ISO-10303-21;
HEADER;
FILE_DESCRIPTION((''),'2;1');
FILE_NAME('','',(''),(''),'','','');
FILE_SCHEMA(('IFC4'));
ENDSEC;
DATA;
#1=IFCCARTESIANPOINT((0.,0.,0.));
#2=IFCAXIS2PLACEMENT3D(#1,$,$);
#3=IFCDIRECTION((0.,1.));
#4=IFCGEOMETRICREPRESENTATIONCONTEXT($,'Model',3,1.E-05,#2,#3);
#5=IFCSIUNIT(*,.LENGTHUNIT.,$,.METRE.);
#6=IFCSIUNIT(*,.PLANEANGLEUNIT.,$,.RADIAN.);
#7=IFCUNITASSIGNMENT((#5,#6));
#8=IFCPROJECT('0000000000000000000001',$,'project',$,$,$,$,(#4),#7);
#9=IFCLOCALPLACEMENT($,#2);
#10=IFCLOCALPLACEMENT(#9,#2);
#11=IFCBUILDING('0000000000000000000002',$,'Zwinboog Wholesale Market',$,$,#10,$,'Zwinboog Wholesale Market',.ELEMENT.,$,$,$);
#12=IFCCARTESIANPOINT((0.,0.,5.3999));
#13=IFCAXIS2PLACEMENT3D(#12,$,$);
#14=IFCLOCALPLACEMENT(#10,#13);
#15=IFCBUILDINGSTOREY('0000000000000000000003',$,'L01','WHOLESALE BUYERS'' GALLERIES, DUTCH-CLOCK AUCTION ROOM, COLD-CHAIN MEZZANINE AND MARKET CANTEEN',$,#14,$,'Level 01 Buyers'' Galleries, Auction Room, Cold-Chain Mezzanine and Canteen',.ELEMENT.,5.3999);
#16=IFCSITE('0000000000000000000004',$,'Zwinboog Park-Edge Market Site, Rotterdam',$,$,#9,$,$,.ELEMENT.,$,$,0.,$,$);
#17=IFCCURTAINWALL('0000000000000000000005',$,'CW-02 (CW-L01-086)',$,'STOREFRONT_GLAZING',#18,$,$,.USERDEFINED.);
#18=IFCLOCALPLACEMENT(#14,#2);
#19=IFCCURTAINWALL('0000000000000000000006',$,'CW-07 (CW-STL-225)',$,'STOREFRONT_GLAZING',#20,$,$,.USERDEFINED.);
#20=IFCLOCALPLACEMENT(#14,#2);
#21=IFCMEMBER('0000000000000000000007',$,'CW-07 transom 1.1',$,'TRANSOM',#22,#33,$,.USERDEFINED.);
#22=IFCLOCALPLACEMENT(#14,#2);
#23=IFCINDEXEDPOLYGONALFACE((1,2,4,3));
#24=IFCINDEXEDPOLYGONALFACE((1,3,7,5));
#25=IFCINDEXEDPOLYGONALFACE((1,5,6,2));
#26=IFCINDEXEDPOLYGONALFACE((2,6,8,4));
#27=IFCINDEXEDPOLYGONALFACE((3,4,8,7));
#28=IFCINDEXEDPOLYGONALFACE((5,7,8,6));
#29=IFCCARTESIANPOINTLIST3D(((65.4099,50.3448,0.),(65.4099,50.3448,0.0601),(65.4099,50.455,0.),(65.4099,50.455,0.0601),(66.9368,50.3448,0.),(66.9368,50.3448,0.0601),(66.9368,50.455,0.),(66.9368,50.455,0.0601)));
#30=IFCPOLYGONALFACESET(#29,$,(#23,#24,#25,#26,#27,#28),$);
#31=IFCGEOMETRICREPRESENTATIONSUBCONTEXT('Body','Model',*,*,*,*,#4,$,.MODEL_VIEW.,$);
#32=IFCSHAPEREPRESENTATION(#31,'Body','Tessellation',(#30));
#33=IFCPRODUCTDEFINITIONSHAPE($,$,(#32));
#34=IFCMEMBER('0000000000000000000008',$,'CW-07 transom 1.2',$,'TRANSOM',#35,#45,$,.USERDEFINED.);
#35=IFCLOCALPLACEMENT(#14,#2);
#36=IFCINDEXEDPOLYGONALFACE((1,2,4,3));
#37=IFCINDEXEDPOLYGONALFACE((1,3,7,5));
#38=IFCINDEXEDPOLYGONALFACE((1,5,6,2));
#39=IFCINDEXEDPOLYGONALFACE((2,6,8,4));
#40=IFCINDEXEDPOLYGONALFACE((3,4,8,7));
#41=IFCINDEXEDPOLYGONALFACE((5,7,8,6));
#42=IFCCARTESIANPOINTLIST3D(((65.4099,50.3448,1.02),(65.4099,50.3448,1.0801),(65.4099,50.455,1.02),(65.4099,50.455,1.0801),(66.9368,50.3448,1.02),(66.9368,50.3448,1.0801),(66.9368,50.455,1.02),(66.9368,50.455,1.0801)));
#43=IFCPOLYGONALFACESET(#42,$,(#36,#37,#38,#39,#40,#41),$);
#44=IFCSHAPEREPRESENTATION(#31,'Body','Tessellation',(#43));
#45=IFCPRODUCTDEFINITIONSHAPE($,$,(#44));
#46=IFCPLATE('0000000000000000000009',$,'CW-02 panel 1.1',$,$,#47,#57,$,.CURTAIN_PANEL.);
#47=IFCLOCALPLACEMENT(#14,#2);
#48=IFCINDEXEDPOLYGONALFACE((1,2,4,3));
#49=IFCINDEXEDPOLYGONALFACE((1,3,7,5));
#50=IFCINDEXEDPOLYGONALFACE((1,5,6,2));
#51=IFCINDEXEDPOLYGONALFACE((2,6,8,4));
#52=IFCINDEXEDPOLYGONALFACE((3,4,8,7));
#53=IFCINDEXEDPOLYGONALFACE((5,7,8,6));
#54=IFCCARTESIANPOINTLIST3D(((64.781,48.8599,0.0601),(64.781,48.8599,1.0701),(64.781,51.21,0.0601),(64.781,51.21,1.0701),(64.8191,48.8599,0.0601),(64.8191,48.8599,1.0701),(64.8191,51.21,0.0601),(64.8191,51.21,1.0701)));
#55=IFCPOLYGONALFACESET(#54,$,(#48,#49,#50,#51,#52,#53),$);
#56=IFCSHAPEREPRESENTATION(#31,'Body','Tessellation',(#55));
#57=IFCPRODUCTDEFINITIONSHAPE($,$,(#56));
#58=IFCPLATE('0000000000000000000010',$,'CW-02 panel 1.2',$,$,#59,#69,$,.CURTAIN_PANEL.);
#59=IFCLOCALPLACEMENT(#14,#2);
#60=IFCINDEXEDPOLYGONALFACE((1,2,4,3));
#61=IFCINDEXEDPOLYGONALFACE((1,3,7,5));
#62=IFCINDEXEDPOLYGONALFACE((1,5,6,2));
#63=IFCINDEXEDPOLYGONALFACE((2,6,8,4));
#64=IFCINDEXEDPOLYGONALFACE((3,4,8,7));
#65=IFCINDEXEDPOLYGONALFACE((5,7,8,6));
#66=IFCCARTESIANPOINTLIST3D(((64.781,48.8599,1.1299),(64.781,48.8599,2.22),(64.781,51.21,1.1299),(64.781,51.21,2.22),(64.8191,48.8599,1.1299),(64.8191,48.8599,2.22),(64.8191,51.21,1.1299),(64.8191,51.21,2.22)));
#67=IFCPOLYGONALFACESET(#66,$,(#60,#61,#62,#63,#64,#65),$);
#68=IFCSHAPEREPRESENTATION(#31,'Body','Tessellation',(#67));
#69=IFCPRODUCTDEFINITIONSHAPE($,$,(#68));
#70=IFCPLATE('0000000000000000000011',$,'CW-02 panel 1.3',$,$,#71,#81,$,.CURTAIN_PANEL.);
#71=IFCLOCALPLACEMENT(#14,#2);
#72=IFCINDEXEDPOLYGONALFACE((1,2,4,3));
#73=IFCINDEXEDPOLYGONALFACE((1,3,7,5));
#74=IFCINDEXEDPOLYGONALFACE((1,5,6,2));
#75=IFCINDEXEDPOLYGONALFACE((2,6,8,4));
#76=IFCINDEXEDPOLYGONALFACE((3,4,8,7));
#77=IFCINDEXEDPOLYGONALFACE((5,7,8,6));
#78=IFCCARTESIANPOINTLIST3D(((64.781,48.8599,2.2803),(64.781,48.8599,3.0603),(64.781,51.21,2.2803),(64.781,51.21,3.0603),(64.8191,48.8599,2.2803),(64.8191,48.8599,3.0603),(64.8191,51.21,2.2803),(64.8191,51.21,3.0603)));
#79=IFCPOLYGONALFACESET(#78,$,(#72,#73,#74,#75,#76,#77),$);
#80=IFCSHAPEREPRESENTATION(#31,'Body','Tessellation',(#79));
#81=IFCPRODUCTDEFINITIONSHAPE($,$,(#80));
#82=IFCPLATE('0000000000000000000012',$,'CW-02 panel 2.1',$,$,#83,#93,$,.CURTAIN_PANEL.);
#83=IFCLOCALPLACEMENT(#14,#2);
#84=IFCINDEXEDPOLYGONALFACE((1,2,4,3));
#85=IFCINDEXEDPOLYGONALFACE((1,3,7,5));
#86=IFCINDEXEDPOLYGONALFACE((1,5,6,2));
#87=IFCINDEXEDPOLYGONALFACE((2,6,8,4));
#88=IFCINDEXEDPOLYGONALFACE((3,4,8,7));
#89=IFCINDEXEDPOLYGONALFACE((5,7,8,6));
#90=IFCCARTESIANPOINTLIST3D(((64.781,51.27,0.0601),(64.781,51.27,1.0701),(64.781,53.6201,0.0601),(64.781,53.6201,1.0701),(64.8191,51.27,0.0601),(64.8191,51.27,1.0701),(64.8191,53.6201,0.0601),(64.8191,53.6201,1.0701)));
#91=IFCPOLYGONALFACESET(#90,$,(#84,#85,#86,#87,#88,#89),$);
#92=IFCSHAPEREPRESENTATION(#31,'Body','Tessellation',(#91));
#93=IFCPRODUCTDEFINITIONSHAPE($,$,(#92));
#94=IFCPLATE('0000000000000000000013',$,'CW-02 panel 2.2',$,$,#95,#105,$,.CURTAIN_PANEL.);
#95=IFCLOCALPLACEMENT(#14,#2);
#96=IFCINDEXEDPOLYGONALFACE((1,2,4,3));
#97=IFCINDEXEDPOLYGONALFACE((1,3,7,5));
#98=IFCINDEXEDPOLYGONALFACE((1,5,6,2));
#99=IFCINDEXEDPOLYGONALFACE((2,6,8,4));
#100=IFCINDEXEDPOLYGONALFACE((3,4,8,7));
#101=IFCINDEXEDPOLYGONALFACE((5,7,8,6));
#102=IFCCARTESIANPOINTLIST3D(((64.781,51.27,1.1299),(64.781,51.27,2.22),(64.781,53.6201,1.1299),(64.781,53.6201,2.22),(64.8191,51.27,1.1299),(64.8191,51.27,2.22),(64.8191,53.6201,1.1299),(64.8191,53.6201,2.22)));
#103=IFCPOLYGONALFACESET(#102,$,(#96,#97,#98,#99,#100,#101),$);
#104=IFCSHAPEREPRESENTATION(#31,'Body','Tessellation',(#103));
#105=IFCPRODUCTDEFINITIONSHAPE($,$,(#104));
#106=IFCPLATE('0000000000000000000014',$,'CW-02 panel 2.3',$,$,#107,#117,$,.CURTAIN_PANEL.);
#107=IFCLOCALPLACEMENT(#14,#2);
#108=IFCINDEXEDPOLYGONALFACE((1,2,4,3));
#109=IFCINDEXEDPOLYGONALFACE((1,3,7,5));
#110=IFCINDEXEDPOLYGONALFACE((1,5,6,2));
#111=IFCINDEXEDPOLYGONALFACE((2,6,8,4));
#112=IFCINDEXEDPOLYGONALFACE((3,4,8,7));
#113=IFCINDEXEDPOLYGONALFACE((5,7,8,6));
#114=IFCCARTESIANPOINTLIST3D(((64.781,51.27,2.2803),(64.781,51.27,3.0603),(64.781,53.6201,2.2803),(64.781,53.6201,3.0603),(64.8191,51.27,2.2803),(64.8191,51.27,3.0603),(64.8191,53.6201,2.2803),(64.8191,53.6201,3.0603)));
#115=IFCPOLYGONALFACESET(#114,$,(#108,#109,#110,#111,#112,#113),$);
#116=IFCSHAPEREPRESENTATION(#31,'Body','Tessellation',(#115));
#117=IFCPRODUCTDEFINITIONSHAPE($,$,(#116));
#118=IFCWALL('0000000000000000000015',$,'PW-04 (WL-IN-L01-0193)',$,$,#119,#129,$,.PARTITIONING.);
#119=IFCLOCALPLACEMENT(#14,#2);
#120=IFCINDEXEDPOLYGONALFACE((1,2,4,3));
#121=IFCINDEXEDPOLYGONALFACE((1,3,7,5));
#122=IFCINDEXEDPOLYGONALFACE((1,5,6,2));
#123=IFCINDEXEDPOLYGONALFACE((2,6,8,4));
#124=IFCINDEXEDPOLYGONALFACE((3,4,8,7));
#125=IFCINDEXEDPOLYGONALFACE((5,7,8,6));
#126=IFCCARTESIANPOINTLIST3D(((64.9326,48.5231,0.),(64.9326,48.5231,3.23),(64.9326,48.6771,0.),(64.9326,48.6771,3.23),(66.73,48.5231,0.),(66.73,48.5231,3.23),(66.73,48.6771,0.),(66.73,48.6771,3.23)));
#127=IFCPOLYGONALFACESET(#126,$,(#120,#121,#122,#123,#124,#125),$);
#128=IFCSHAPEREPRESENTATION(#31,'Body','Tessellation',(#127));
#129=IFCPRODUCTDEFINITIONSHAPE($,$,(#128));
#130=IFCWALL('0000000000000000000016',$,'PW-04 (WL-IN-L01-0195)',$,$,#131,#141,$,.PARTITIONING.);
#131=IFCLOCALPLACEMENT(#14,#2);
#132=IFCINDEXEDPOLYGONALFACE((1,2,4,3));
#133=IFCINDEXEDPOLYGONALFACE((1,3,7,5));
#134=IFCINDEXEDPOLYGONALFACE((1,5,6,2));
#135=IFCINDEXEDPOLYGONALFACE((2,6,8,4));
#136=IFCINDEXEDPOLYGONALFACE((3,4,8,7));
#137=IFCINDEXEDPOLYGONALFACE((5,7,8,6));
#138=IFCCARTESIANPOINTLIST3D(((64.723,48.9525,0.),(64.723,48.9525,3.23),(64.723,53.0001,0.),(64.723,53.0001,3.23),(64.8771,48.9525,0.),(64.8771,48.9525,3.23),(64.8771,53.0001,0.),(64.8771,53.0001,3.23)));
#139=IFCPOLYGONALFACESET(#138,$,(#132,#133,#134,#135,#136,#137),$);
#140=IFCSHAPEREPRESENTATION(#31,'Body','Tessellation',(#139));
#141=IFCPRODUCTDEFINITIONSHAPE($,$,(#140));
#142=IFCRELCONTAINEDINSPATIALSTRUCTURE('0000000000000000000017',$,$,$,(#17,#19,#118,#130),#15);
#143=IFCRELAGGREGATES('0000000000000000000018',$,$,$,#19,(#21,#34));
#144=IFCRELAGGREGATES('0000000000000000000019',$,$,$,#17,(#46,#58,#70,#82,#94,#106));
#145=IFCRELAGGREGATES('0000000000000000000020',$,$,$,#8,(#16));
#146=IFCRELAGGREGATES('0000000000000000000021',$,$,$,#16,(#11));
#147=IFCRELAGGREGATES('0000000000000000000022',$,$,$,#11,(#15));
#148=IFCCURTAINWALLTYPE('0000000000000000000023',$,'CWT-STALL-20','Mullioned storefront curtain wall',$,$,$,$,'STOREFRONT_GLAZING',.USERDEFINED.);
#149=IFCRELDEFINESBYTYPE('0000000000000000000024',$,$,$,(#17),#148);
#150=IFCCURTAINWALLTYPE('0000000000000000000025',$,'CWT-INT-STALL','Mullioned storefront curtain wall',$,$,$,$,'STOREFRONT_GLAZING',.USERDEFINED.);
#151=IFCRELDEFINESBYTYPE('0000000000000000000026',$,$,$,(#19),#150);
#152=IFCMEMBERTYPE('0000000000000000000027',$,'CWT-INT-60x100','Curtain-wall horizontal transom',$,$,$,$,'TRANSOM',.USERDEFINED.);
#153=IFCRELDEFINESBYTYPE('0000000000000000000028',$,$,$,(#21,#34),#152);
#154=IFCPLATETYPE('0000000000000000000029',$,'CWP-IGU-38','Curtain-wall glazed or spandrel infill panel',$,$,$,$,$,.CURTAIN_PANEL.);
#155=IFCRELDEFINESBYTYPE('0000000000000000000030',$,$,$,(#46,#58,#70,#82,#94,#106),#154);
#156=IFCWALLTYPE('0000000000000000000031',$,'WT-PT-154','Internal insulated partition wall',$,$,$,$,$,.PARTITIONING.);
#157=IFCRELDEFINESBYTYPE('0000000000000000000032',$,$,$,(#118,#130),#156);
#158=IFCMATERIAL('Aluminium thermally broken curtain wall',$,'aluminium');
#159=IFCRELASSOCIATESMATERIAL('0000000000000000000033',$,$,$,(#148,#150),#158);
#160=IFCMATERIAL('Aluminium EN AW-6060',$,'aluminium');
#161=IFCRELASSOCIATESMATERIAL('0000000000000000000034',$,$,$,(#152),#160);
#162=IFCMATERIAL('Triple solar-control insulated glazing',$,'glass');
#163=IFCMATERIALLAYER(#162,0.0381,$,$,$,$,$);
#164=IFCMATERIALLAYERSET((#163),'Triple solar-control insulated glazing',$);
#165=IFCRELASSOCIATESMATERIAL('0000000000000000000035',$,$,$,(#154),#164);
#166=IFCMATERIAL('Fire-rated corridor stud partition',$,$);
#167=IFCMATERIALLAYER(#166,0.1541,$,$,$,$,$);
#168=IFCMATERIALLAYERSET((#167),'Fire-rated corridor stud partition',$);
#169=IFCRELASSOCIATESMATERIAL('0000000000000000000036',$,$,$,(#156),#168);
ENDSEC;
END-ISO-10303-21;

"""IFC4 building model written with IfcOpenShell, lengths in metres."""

from ifc_helpers import new_model, si_unit, direction, frame, frame_2d, origin, origin_2d, place, context, subcontext, project, spatial, rectangle, extrude, material, layer, layer_set, material_profile, profile_set, type_object, element, aggregate, save


model = new_model("IFC4")

# Units and contexts
model_context = context("Model", 3, precision=1e-05, world=origin(), true_north=direction((0.0, 1.0)))
body_context = subcontext(model_context, "Body", "Model", "MODEL_VIEW")
ifc_project = project(units=[si_unit("LENGTHUNIT", "METRE"), si_unit("PLANEANGLEUNIT", "RADIAN")], contexts=[model_context])

# Site, building, storey
site_placement = place(None, origin())
site = spatial("IfcSite", under=ifc_project, at=site_placement, Name="Zwinboog Park-Edge Market Site, Rotterdam", CompositionType="ELEMENT", RefElevation=0.0)
building_placement = place(site_placement, origin())
building = spatial("IfcBuilding", under=site, at=building_placement, Name="Zwinboog Wholesale Market", LongName="Zwinboog Wholesale Market", CompositionType="ELEMENT")
storey_placement = place(building_placement, frame((0.0, 0.0, 5.3999)))
storey = spatial("IfcBuildingStorey", under=building, at=storey_placement, Name="L01", Description="WHOLESALE BUYERS' GALLERIES, DUTCH-CLOCK AUCTION ROOM, COLD-CHAIN MEZZANINE AND MARKET CANTEEN", LongName="Level 01 Buyers' Galleries, Auction Room, Cold-Chain Mezzanine and Canteen", CompositionType="ELEMENT", Elevation=5.3999)

# Curtain walls, members
ifc_material_1 = material(Name="Aluminium thermally broken curtain wall", Category="aluminium")
curtain_wall_type_1 = type_object("IfcCurtainWallType", Name="CWT-STALL-20", Description="Mullioned storefront curtain wall", ElementType="STOREFRONT_GLAZING", PredefinedType="USERDEFINED", material=ifc_material_1)
curtain_wall_1_placement = place(storey_placement, origin())
curtain_wall_1 = element("IfcCurtainWall", 1, at=curtain_wall_1_placement, inside=storey, type_object=curtain_wall_type_1, Name="CW-02 (CW-L01-086)", ObjectType="STOREFRONT_GLAZING", PredefinedType="USERDEFINED")
ifc_material_2 = material(Name="Aluminium EN AW-6060", Category="aluminium")
curtain_wall_type_2 = type_object("IfcCurtainWallType", Name="CWT-INT-STALL", Description="Mullioned storefront curtain wall", ElementType="STOREFRONT_GLAZING", PredefinedType="USERDEFINED", material=ifc_material_1)
curtain_wall_2_placement = place(storey_placement, origin())
curtain_wall_2 = element("IfcCurtainWall", 2, at=curtain_wall_2_placement, inside=storey, type_object=curtain_wall_type_2, Name="CW-07 (CW-STL-225)", ObjectType="STOREFRONT_GLAZING", PredefinedType="USERDEFINED")
ifc_material_profile_1 = material_profile(ifc_material_2, rectangle(XDim=0.1101, YDim=0.0601, at=origin_2d()), Name="AL 60x110")
ifc_profile_set_1 = profile_set([ifc_material_profile_1], Name="Aluminium EN AW-6060")
member_type_1 = type_object("IfcMemberType", Name="CWT-INT-60x100", Description="Curtain-wall horizontal transom", ElementType="TRANSOM", PredefinedType="USERDEFINED", material=ifc_profile_set_1)
member_1_placement = place(storey_placement, frame((65.4099, 50.3999, 0.03), z_axis=(1.0, 0.0, 0.0), x_axis=(0.0, 1.0, 0.0)))
member_1 = element("IfcMember", 3, at=member_1_placement, type_object=member_type_1, Name="CW-07 transom 1.1", ObjectType="TRANSOM", PredefinedType="USERDEFINED", context=body_context, shape_type="SweptSolid", body=[
    extrude(rectangle(XDim=0.1101, YDim=0.0601, at=origin_2d()), origin(), (0.0, 0.0, 1.0), 1.5269),
])
member_2_placement = place(storey_placement, frame((65.4099, 50.3999, 1.05), z_axis=(1.0, 0.0, 0.0), x_axis=(0.0, 1.0, 0.0)))
member_2 = element("IfcMember", 4, at=member_2_placement, type_object=member_type_1, Name="CW-07 transom 1.2", ObjectType="TRANSOM", PredefinedType="USERDEFINED", context=body_context, shape_type="SweptSolid", body=[
    extrude(rectangle(XDim=0.1101, YDim=0.0601, at=origin_2d()), origin(), (0.0, 0.0, 1.0), 1.5269),
])
aggregate(curtain_wall_2, [member_1, member_2])

# Plates
ifc_material_3 = material(Name="Triple solar-control insulated glazing", Category="glass")
ifc_layer_1 = layer(ifc_material_3, 0.0381)
ifc_layer_set_1 = layer_set([ifc_layer_1], Name="Triple solar-control insulated glazing")
plate_type = type_object("IfcPlateType", Name="CWP-IGU-38", Description="Curtain-wall glazed or spandrel infill panel", PredefinedType="CURTAIN_PANEL", material=ifc_layer_set_1)
plate_1_placement = place(storey_placement, frame((64.8, 50.0349, 0.0601), z_axis=(0.0, 0.0, 1.0), x_axis=(0.0, 1.0, 0.0)))
plate_1 = element("IfcPlate", 5, at=plate_1_placement, type_object=plate_type, Name="CW-02 panel 1.1", PredefinedType="CURTAIN_PANEL", context=body_context, shape_type="SweptSolid", body=[
    extrude(rectangle(XDim=2.3501, YDim=0.0381, at=origin_2d()), origin(), (0.0, 0.0, 1.0), 1.01),
])
plate_2_placement = place(storey_placement, frame((64.8, 50.0349, 1.1299), z_axis=(0.0, 0.0, 1.0), x_axis=(0.0, 1.0, 0.0)))
plate_2 = element("IfcPlate", 6, at=plate_2_placement, type_object=plate_type, Name="CW-02 panel 1.2", PredefinedType="CURTAIN_PANEL", context=body_context, shape_type="SweptSolid", body=[
    extrude(rectangle(XDim=2.3501, YDim=0.0381, at=origin_2d()), origin(), (0.0, 0.0, 1.0), 1.0901),
])
plate_3_placement = place(storey_placement, frame((64.8, 50.0349, 2.2803), z_axis=(0.0, 0.0, 1.0), x_axis=(0.0, 1.0, 0.0)))
plate_3 = element("IfcPlate", 7, at=plate_3_placement, type_object=plate_type, Name="CW-02 panel 1.3", PredefinedType="CURTAIN_PANEL", context=body_context, shape_type="SweptSolid", body=[
    extrude(rectangle(XDim=2.3501, YDim=0.0381, at=origin_2d()), origin(), (0.0, 0.0, 1.0), 0.78),
])
plate_4_placement = place(storey_placement, frame((64.8, 52.4451, 0.0601), z_axis=(0.0, 0.0, 1.0), x_axis=(0.0, 1.0, 0.0)))
plate_4 = element("IfcPlate", 8, at=plate_4_placement, type_object=plate_type, Name="CW-02 panel 2.1", PredefinedType="CURTAIN_PANEL", context=body_context, shape_type="SweptSolid", body=[
    extrude(rectangle(XDim=2.3501, YDim=0.0381, at=origin_2d()), origin(), (0.0, 0.0, 1.0), 1.01),
])
plate_5_placement = place(storey_placement, frame((64.8, 52.4451, 1.1299), z_axis=(0.0, 0.0, 1.0), x_axis=(0.0, 1.0, 0.0)))
plate_5 = element("IfcPlate", 9, at=plate_5_placement, type_object=plate_type, Name="CW-02 panel 2.2", PredefinedType="CURTAIN_PANEL", context=body_context, shape_type="SweptSolid", body=[
    extrude(rectangle(XDim=2.3501, YDim=0.0381, at=origin_2d()), origin(), (0.0, 0.0, 1.0), 1.0901),
])
plate_6_placement = place(storey_placement, frame((64.8, 52.4451, 2.2803), z_axis=(0.0, 0.0, 1.0), x_axis=(0.0, 1.0, 0.0)))
plate_6 = element("IfcPlate", 10, at=plate_6_placement, type_object=plate_type, Name="CW-02 panel 2.3", PredefinedType="CURTAIN_PANEL", context=body_context, shape_type="SweptSolid", body=[
    extrude(rectangle(XDim=2.3501, YDim=0.0381, at=origin_2d()), origin(), (0.0, 0.0, 1.0), 0.78),
])
aggregate(curtain_wall_1, [plate_1, plate_2, plate_3, plate_4, plate_5, plate_6])

# Walls
ifc_material_4 = material(Name="Fire-rated corridor stud partition")
ifc_layer_2 = layer(ifc_material_4, 0.1541)
ifc_layer_set_2 = layer_set([ifc_layer_2], Name="Fire-rated corridor stud partition")
wall_type = type_object("IfcWallType", Name="WT-PT-154", Description="Internal insulated partition wall", PredefinedType="PARTITIONING", material=ifc_layer_set_2)
wall_1_placement = place(storey_placement, frame((64.9326, 48.6001, 0.0), z_axis=(0.0, 0.0, 1.0), x_axis=(1.0, 0.0, 0.0)))
element("IfcWall", 11, at=wall_1_placement, inside=storey, type_object=wall_type, Name="PW-04 (WL-IN-L01-0193)", PredefinedType="PARTITIONING", context=body_context, shape_type="SweptSolid", body=[
    extrude(rectangle(XDim=1.7974, YDim=0.1541, at=frame_2d((0.8987, 0.0))), origin(), (0.0, 0.0, 1.0), 3.23),
])
wall_2_placement = place(storey_placement, frame((64.8, 48.9524, 0.0), z_axis=(0.0, 0.0, 1.0), x_axis=(0.0, 1.0, 0.0)))
element("IfcWall", 12, at=wall_2_placement, inside=storey, type_object=wall_type, Name="PW-04 (WL-IN-L01-0195)", PredefinedType="PARTITIONING", context=body_context, shape_type="SweptSolid", body=[
    extrude(rectangle(XDim=4.0476, YDim=0.1541, at=frame_2d((2.0239, 0.0))), origin(), (0.0, 0.0, 1.0), 3.23),
])

save(model, "model.ifc")
